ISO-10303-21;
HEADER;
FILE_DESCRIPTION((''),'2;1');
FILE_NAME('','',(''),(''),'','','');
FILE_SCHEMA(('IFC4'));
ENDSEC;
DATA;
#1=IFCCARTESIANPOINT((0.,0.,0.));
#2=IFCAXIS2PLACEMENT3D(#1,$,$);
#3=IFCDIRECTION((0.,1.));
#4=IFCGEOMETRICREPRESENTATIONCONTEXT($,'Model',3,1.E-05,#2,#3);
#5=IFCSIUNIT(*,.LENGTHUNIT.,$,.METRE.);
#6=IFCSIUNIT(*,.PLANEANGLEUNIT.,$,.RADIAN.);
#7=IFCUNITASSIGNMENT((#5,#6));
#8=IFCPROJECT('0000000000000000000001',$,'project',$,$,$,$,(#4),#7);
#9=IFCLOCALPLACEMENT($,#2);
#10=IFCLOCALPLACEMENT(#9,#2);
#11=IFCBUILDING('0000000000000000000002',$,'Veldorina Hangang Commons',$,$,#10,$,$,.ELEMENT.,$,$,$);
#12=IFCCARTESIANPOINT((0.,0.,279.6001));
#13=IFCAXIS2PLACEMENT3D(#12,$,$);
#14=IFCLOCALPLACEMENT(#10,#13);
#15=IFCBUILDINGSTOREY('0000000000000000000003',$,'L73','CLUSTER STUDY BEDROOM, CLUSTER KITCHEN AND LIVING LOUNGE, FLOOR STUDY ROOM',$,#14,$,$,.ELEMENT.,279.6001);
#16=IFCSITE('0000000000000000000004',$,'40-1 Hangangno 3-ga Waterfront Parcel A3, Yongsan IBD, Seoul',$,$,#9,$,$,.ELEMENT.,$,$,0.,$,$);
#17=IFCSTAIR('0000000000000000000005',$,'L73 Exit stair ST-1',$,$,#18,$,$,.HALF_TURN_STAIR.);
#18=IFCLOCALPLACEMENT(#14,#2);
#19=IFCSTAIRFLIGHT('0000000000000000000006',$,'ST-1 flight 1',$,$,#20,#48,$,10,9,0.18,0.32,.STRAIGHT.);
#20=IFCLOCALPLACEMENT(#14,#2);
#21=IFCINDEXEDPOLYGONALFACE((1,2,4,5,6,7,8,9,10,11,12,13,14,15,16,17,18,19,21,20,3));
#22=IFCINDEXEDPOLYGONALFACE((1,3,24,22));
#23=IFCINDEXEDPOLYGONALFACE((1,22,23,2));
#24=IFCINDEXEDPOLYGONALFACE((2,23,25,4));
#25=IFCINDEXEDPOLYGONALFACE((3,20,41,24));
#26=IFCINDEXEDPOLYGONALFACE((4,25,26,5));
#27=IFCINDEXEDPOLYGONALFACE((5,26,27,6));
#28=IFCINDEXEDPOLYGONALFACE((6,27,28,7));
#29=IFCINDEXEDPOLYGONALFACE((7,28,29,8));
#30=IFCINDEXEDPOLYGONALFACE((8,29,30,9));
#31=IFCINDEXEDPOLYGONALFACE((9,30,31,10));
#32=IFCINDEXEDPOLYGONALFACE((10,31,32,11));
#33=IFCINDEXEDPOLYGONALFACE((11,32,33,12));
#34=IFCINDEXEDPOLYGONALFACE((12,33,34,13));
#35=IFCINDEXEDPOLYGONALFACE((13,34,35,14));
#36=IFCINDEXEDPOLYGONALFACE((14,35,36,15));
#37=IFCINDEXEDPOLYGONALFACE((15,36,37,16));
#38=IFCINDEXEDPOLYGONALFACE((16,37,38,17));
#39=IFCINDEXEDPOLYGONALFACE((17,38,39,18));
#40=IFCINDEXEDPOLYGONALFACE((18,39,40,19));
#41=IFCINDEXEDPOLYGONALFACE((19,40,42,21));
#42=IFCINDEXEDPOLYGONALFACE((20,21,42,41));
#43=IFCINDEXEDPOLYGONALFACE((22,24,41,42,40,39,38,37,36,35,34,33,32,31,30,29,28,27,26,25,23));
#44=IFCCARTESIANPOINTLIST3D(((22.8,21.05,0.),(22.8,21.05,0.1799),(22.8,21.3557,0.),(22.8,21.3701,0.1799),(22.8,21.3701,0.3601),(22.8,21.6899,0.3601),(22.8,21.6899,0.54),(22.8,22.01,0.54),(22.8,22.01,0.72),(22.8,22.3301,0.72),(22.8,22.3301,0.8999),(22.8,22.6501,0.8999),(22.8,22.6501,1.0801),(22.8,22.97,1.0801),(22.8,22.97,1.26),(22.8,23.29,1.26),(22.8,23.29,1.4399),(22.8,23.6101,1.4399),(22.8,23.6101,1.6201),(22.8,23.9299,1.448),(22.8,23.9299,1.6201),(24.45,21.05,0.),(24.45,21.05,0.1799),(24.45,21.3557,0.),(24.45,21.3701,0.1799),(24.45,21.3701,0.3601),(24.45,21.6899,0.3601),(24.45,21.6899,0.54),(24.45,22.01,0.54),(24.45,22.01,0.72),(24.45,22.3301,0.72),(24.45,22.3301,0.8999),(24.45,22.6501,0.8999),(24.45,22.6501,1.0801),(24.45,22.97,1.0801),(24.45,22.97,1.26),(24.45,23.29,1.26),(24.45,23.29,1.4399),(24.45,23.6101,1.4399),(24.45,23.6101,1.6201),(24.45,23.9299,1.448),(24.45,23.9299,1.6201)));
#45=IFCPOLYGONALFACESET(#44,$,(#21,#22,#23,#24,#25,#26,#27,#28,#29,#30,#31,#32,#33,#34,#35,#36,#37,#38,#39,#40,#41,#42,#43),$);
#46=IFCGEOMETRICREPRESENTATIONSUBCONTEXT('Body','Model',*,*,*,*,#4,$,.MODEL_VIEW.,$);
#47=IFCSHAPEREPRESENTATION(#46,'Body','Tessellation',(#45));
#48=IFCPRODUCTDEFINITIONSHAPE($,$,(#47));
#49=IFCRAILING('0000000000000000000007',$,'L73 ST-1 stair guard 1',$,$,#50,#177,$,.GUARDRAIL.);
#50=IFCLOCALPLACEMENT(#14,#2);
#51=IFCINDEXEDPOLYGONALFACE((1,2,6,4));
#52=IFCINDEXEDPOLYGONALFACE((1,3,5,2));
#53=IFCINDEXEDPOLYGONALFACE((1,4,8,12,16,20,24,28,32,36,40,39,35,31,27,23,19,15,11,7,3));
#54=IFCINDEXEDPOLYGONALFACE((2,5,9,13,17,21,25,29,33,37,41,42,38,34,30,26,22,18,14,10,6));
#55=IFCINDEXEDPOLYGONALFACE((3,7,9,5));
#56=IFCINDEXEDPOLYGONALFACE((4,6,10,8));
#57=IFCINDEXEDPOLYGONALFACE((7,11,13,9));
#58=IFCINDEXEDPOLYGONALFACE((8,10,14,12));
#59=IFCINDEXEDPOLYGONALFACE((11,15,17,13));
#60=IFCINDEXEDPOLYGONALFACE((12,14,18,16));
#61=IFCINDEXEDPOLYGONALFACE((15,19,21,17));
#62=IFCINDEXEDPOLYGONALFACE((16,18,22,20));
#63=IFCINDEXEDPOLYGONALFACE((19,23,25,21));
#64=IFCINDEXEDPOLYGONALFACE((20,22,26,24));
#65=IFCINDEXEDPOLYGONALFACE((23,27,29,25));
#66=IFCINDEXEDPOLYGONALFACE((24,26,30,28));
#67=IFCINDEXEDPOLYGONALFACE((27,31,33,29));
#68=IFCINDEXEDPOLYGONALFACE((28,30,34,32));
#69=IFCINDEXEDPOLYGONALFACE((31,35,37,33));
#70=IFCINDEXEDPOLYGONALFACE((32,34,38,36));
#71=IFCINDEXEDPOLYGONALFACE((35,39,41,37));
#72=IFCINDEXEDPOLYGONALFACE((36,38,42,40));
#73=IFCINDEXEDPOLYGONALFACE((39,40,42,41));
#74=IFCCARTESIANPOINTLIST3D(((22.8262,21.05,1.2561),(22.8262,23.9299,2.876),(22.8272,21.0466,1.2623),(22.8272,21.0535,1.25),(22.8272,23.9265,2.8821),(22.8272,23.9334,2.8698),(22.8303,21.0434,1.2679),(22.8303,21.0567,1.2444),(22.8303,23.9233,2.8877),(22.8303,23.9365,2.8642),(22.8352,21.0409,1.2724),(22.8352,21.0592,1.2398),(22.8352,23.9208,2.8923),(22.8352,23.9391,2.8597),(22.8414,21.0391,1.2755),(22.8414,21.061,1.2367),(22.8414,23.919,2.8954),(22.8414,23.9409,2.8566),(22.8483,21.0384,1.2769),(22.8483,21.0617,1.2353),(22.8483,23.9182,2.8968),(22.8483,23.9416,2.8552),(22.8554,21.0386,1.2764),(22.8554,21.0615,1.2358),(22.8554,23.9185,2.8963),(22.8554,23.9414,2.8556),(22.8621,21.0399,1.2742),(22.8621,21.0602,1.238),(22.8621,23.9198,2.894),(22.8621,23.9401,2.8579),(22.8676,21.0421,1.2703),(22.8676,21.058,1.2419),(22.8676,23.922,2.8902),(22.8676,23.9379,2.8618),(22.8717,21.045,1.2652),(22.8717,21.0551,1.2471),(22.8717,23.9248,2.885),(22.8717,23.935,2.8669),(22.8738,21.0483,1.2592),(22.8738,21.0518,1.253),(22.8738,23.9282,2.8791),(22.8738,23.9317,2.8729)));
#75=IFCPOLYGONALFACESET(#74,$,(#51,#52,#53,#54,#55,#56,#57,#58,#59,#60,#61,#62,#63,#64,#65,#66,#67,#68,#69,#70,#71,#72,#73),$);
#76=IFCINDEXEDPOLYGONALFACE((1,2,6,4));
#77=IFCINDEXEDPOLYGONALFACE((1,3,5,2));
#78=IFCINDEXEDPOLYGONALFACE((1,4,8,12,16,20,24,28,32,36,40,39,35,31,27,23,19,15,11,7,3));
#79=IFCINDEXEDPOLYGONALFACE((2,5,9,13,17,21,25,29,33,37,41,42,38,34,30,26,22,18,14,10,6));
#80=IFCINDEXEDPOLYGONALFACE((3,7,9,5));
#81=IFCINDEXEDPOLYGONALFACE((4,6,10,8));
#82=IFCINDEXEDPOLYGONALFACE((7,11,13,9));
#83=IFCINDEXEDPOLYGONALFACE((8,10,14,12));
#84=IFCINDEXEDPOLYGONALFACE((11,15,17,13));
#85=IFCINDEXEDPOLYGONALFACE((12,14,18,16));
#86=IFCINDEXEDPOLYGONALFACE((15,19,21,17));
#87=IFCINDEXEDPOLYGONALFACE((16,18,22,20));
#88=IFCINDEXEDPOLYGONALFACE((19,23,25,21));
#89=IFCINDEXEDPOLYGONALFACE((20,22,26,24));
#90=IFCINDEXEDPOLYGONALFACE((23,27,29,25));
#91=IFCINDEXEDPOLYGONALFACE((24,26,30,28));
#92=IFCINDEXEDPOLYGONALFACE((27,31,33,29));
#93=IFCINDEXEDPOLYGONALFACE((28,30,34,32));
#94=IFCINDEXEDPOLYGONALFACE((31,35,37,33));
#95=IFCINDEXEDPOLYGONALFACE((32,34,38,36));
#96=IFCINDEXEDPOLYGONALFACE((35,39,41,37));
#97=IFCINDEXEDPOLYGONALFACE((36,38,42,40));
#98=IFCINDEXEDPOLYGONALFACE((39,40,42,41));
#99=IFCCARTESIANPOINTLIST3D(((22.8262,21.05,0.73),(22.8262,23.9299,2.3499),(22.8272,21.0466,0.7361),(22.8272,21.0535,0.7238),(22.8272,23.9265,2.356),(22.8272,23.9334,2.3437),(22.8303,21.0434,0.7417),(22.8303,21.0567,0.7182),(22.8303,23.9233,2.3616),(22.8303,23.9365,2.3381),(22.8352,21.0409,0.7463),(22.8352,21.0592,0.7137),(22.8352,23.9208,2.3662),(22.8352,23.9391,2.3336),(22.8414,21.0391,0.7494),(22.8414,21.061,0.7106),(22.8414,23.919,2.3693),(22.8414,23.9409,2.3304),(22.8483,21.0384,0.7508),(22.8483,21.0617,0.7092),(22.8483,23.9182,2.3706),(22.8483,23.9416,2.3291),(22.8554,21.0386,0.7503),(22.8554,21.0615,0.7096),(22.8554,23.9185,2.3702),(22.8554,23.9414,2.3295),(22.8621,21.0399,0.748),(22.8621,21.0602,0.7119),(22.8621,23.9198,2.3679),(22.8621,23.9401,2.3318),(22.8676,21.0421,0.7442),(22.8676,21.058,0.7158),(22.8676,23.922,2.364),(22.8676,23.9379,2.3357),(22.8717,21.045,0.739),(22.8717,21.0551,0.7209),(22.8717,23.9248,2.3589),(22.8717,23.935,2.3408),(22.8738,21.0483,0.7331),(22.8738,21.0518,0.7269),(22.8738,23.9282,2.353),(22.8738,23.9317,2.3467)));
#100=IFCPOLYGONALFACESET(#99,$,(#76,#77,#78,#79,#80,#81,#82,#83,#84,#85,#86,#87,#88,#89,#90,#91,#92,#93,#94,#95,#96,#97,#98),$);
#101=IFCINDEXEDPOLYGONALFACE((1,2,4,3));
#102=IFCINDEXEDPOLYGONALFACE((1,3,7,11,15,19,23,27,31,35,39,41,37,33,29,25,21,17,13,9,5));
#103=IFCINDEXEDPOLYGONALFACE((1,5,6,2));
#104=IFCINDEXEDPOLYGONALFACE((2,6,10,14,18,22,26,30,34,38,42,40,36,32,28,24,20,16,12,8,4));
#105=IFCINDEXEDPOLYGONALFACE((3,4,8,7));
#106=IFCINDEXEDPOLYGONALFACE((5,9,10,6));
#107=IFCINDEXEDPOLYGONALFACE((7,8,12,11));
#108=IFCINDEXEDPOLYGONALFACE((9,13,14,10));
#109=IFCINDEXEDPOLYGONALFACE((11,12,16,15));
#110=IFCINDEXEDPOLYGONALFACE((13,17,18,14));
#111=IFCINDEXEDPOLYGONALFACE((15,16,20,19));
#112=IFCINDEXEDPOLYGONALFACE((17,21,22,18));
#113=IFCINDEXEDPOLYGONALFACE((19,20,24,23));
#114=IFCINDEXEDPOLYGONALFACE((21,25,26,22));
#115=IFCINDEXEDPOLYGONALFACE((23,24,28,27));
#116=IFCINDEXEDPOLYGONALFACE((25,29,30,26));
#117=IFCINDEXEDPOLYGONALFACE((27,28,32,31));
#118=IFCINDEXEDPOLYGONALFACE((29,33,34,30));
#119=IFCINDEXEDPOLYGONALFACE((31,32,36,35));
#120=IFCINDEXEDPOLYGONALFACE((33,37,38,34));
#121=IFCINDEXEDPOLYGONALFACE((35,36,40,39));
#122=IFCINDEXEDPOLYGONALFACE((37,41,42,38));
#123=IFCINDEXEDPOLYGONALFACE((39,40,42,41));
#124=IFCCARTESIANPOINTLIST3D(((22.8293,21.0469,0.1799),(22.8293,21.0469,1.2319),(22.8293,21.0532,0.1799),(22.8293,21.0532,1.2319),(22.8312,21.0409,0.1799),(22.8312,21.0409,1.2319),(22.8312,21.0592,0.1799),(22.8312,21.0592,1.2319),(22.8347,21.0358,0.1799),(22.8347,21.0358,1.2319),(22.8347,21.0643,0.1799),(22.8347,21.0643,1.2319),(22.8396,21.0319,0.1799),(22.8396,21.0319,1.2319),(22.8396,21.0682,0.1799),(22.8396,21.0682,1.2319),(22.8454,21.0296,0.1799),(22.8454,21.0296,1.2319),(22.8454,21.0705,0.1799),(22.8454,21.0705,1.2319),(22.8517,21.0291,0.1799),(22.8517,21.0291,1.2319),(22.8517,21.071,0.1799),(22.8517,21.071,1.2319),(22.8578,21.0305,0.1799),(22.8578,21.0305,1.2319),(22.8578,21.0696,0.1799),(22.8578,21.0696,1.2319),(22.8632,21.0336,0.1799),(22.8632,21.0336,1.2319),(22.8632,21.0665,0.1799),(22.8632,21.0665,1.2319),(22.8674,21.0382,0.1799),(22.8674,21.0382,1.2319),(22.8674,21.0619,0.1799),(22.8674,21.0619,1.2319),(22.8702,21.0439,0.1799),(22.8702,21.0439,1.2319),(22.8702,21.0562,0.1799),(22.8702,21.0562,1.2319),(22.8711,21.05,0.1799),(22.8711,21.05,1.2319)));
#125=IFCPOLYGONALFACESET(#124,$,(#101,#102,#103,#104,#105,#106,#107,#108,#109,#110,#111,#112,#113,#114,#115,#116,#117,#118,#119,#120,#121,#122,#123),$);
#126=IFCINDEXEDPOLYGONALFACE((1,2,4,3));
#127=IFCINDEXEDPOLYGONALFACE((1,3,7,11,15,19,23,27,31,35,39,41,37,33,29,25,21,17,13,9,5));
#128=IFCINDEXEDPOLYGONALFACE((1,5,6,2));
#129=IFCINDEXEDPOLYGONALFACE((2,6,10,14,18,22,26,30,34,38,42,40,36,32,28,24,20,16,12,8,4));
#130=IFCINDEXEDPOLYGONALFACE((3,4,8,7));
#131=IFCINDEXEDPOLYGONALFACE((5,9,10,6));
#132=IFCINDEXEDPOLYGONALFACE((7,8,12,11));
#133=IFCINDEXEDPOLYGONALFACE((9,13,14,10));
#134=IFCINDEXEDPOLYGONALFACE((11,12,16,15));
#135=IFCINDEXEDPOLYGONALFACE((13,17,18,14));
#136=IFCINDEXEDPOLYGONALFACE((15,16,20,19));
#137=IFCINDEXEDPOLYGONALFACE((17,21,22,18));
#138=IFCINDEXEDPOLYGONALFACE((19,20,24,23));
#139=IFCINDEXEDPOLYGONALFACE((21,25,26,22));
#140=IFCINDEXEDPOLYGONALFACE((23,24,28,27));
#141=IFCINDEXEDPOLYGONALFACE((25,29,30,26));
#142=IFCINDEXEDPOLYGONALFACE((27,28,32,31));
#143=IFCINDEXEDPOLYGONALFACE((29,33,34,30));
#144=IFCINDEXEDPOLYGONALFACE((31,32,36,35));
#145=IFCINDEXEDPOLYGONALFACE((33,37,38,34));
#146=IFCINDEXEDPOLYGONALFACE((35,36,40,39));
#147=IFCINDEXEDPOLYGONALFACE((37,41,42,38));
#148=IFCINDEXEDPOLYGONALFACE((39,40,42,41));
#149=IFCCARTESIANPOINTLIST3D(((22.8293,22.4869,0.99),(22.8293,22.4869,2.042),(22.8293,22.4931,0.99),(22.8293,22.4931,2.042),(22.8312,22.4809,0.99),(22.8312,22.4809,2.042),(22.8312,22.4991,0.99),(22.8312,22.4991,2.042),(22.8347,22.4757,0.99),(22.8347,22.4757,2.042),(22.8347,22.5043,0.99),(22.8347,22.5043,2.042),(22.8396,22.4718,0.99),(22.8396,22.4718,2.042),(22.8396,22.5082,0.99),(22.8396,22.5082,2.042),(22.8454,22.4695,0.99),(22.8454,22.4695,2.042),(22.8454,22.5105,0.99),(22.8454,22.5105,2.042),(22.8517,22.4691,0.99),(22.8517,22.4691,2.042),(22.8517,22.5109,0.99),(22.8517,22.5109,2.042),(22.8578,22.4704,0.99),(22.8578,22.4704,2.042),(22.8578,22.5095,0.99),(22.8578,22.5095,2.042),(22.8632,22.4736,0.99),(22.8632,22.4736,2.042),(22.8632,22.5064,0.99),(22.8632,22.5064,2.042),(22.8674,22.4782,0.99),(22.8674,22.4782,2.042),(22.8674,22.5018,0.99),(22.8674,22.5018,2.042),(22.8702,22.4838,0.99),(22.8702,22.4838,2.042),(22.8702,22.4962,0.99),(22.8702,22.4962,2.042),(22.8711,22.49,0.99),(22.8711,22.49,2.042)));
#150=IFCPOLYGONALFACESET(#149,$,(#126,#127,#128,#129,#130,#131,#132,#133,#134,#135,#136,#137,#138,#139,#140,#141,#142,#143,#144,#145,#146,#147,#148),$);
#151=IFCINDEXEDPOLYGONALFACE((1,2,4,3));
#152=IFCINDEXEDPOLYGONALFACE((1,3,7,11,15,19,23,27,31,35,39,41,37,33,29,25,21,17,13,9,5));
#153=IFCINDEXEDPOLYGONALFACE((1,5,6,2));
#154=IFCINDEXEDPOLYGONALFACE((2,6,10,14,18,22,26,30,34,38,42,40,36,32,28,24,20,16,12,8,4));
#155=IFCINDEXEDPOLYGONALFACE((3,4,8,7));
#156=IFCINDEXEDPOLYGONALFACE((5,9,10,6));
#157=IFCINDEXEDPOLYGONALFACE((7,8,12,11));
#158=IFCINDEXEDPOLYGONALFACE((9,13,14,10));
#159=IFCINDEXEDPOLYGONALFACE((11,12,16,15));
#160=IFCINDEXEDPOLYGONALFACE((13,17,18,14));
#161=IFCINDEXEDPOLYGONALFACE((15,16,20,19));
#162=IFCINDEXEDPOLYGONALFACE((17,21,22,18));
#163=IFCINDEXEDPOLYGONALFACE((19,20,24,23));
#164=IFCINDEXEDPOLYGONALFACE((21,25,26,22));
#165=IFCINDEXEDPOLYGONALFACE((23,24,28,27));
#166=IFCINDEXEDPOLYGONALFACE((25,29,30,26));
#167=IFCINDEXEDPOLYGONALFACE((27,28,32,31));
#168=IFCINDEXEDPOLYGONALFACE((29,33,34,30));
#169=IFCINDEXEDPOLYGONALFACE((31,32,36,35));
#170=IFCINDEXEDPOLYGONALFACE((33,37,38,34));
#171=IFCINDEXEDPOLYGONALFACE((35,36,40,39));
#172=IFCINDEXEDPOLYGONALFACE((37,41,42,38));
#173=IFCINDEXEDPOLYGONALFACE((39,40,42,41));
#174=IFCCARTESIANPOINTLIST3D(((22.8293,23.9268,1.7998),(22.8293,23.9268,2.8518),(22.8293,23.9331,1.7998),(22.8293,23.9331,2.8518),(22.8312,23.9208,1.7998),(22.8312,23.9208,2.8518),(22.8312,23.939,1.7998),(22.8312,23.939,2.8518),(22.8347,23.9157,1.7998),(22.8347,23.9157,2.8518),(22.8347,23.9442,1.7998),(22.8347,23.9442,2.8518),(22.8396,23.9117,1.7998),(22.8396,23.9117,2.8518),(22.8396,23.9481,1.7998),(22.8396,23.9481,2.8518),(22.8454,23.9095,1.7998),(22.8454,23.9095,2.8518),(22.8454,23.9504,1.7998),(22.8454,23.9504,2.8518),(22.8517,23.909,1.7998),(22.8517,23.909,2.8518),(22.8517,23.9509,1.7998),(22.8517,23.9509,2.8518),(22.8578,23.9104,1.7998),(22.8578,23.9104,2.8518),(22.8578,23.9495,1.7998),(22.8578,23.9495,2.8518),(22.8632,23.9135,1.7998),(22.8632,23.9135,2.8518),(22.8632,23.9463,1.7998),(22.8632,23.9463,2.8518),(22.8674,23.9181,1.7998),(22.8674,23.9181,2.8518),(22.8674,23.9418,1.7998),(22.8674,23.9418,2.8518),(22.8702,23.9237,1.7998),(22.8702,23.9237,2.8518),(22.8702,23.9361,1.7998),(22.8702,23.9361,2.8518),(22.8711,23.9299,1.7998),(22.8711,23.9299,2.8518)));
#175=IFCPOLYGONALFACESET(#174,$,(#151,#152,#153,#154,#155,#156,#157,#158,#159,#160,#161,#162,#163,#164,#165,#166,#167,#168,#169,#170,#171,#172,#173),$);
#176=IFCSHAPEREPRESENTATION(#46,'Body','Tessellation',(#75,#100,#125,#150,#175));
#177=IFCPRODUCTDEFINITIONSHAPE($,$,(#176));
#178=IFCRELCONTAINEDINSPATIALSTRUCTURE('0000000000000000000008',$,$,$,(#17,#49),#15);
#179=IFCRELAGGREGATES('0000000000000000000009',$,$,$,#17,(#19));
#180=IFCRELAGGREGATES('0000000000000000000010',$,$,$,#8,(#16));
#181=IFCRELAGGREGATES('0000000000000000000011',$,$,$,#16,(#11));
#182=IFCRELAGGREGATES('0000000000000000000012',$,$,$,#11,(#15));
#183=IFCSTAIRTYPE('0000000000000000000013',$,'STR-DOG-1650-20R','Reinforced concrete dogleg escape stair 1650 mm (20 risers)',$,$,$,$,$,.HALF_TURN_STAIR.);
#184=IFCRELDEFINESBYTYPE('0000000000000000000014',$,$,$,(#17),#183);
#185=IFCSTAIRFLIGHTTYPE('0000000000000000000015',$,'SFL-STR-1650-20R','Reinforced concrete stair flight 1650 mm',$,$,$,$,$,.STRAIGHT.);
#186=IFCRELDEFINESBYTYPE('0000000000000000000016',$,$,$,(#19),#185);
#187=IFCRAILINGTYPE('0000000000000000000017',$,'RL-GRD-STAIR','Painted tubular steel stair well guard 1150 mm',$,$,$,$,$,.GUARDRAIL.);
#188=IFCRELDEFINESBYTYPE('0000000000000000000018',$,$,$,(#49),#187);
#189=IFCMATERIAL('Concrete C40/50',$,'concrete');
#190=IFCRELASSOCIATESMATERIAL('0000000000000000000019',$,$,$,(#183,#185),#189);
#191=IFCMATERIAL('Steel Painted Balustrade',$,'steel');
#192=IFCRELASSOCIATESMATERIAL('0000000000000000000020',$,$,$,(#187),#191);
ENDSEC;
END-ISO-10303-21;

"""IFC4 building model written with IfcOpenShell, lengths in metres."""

from ifc_helpers import new_model, si_unit, direction, frame, origin, origin_2d, place, context, subcontext, project, spatial, polyline, circle, outline, extrude, material, type_object, element, aggregate, save


model = new_model("IFC4")

# Units and contexts
model_context = context("Model", 3, precision=1e-05, world=origin(), true_north=direction((0.0, 1.0)))
body_context = subcontext(model_context, "Body", "Model", "MODEL_VIEW")
ifc_project = project(units=[si_unit("LENGTHUNIT", "METRE"), si_unit("PLANEANGLEUNIT", "RADIAN")], contexts=[model_context])

# Site, building, storey
site_placement = place(None, origin())
site = spatial("IfcSite", under=ifc_project, at=site_placement, Name="40-1 Hangangno 3-ga Waterfront Parcel A3, Yongsan IBD, Seoul", CompositionType="ELEMENT", RefElevation=0.0)
building_placement = place(site_placement, origin())
building = spatial("IfcBuilding", under=site, at=building_placement, Name="Veldorina Hangang Commons", CompositionType="ELEMENT")
storey_placement = place(building_placement, frame((0.0, 0.0, 279.6001)))
storey = spatial("IfcBuildingStorey", under=building, at=storey_placement, Name="L73", Description="CLUSTER STUDY BEDROOM, CLUSTER KITCHEN AND LIVING LOUNGE, FLOOR STUDY ROOM", CompositionType="ELEMENT", Elevation=279.6001)

# Stair, stair flight
ifc_material_1 = material(Name="Concrete C40/50", Category="concrete")
stair_type = type_object("IfcStairType", Name="STR-DOG-1650-20R", Description="Reinforced concrete dogleg escape stair 1650 mm (20 risers)", PredefinedType="HALF_TURN_STAIR", material=ifc_material_1)
stair_placement = place(storey_placement, origin())
stair = element("IfcStair", 1, at=stair_placement, inside=storey, type_object=stair_type, Name="L73 Exit stair ST-1", PredefinedType="HALF_TURN_STAIR")
stair_flight_type = type_object("IfcStairFlightType", Name="SFL-STR-1650-20R", Description="Reinforced concrete stair flight 1650 mm", PredefinedType="STRAIGHT", material=ifc_material_1)
stair_flight_placement = place(storey_placement, frame((23.625, 21.05, 0.0), z_axis=(0.0, 0.0, 1.0), x_axis=(0.0, 1.0, 0.0)))
stair_flight = element("IfcStairFlight", 2, at=stair_flight_placement, type_object=stair_flight_type, Name="ST-1 flight 1", NumberOfRisers=10, NumberOfTreads=9, PredefinedType="STRAIGHT", RiserHeight=0.18, TreadLength=0.32, context=body_context, shape_type="SweptSolid", body=[
    extrude(outline(polyline([(0.0, 0.0), (0.0, 0.1799), (0.3201, 0.1799), (0.3201, 0.3601), (0.6399, 0.3601), (0.6399, 0.54), (0.96, 0.54), (0.96, 0.72), (1.28, 0.72), (1.28, 0.8999), (1.6001, 0.8999), (1.6001, 1.0801), (1.9199, 1.0801), (1.9199, 1.26), (2.24, 1.26), (2.24, 1.4399), (2.5601, 1.4399), (2.5601, 1.6201), (2.8799, 1.6201), (2.8799, 1.8), (2.8799, 1.448), (0.3057, 0.0), (0.0, 0.0)])), frame((0.0, 0.825, 0.0), z_axis=(0.0, -1.0, 0.0), x_axis=(1.0, 0.0, 0.0)), (0.0, 0.0, 1.0), 1.6499),
])
aggregate(stair, [stair_flight])

# Railing
ifc_material_2 = material(Name="Steel Painted Balustrade", Category="steel")
railing_type_1 = type_object("IfcRailingType", Name="RL-GRD-STAIR", Description="Painted tubular steel stair well guard 1150 mm", PredefinedType="GUARDRAIL", material=ifc_material_2)
railing_1_placement = place(storey_placement, frame((22.8501, 21.05, 0.1799)))
element("IfcRailing", 3, at=railing_1_placement, inside=storey, type_object=railing_type_1, Name="L73 ST-1 stair guard 1", PredefinedType="GUARDRAIL", context=body_context, shape_type="SweptSolid", body=[
    extrude(circle(Radius=0.0239, at=origin_2d()), frame((0.0, 0.0, 1.0762), z_axis=(0.0, 0.871583, 0.490247), x_axis=(-1.0, 0.0, 0.0)), (0.0, 0.0, 1.0), 3.3042),
    extrude(circle(Radius=0.0239, at=origin_2d()), frame((0.0, 0.0, 0.55), z_axis=(0.0, 0.871583, 0.490247), x_axis=(-1.0, 0.0, 0.0)), (0.0, 0.0, 1.0), 3.3042),
    extrude(circle(Radius=0.021, at=origin_2d()), origin(), (0.0, 0.0, 1.0), 1.052),
    extrude(circle(Radius=0.021, at=origin_2d()), frame((0.0, 1.4399, 0.8101)), (0.0, 0.0, 1.0), 1.052),
    extrude(circle(Radius=0.021, at=origin_2d()), frame((0.0, 2.8799, 1.6199)), (0.0, 0.0, 1.0), 1.052),
])

save(model, "model.ifc")
